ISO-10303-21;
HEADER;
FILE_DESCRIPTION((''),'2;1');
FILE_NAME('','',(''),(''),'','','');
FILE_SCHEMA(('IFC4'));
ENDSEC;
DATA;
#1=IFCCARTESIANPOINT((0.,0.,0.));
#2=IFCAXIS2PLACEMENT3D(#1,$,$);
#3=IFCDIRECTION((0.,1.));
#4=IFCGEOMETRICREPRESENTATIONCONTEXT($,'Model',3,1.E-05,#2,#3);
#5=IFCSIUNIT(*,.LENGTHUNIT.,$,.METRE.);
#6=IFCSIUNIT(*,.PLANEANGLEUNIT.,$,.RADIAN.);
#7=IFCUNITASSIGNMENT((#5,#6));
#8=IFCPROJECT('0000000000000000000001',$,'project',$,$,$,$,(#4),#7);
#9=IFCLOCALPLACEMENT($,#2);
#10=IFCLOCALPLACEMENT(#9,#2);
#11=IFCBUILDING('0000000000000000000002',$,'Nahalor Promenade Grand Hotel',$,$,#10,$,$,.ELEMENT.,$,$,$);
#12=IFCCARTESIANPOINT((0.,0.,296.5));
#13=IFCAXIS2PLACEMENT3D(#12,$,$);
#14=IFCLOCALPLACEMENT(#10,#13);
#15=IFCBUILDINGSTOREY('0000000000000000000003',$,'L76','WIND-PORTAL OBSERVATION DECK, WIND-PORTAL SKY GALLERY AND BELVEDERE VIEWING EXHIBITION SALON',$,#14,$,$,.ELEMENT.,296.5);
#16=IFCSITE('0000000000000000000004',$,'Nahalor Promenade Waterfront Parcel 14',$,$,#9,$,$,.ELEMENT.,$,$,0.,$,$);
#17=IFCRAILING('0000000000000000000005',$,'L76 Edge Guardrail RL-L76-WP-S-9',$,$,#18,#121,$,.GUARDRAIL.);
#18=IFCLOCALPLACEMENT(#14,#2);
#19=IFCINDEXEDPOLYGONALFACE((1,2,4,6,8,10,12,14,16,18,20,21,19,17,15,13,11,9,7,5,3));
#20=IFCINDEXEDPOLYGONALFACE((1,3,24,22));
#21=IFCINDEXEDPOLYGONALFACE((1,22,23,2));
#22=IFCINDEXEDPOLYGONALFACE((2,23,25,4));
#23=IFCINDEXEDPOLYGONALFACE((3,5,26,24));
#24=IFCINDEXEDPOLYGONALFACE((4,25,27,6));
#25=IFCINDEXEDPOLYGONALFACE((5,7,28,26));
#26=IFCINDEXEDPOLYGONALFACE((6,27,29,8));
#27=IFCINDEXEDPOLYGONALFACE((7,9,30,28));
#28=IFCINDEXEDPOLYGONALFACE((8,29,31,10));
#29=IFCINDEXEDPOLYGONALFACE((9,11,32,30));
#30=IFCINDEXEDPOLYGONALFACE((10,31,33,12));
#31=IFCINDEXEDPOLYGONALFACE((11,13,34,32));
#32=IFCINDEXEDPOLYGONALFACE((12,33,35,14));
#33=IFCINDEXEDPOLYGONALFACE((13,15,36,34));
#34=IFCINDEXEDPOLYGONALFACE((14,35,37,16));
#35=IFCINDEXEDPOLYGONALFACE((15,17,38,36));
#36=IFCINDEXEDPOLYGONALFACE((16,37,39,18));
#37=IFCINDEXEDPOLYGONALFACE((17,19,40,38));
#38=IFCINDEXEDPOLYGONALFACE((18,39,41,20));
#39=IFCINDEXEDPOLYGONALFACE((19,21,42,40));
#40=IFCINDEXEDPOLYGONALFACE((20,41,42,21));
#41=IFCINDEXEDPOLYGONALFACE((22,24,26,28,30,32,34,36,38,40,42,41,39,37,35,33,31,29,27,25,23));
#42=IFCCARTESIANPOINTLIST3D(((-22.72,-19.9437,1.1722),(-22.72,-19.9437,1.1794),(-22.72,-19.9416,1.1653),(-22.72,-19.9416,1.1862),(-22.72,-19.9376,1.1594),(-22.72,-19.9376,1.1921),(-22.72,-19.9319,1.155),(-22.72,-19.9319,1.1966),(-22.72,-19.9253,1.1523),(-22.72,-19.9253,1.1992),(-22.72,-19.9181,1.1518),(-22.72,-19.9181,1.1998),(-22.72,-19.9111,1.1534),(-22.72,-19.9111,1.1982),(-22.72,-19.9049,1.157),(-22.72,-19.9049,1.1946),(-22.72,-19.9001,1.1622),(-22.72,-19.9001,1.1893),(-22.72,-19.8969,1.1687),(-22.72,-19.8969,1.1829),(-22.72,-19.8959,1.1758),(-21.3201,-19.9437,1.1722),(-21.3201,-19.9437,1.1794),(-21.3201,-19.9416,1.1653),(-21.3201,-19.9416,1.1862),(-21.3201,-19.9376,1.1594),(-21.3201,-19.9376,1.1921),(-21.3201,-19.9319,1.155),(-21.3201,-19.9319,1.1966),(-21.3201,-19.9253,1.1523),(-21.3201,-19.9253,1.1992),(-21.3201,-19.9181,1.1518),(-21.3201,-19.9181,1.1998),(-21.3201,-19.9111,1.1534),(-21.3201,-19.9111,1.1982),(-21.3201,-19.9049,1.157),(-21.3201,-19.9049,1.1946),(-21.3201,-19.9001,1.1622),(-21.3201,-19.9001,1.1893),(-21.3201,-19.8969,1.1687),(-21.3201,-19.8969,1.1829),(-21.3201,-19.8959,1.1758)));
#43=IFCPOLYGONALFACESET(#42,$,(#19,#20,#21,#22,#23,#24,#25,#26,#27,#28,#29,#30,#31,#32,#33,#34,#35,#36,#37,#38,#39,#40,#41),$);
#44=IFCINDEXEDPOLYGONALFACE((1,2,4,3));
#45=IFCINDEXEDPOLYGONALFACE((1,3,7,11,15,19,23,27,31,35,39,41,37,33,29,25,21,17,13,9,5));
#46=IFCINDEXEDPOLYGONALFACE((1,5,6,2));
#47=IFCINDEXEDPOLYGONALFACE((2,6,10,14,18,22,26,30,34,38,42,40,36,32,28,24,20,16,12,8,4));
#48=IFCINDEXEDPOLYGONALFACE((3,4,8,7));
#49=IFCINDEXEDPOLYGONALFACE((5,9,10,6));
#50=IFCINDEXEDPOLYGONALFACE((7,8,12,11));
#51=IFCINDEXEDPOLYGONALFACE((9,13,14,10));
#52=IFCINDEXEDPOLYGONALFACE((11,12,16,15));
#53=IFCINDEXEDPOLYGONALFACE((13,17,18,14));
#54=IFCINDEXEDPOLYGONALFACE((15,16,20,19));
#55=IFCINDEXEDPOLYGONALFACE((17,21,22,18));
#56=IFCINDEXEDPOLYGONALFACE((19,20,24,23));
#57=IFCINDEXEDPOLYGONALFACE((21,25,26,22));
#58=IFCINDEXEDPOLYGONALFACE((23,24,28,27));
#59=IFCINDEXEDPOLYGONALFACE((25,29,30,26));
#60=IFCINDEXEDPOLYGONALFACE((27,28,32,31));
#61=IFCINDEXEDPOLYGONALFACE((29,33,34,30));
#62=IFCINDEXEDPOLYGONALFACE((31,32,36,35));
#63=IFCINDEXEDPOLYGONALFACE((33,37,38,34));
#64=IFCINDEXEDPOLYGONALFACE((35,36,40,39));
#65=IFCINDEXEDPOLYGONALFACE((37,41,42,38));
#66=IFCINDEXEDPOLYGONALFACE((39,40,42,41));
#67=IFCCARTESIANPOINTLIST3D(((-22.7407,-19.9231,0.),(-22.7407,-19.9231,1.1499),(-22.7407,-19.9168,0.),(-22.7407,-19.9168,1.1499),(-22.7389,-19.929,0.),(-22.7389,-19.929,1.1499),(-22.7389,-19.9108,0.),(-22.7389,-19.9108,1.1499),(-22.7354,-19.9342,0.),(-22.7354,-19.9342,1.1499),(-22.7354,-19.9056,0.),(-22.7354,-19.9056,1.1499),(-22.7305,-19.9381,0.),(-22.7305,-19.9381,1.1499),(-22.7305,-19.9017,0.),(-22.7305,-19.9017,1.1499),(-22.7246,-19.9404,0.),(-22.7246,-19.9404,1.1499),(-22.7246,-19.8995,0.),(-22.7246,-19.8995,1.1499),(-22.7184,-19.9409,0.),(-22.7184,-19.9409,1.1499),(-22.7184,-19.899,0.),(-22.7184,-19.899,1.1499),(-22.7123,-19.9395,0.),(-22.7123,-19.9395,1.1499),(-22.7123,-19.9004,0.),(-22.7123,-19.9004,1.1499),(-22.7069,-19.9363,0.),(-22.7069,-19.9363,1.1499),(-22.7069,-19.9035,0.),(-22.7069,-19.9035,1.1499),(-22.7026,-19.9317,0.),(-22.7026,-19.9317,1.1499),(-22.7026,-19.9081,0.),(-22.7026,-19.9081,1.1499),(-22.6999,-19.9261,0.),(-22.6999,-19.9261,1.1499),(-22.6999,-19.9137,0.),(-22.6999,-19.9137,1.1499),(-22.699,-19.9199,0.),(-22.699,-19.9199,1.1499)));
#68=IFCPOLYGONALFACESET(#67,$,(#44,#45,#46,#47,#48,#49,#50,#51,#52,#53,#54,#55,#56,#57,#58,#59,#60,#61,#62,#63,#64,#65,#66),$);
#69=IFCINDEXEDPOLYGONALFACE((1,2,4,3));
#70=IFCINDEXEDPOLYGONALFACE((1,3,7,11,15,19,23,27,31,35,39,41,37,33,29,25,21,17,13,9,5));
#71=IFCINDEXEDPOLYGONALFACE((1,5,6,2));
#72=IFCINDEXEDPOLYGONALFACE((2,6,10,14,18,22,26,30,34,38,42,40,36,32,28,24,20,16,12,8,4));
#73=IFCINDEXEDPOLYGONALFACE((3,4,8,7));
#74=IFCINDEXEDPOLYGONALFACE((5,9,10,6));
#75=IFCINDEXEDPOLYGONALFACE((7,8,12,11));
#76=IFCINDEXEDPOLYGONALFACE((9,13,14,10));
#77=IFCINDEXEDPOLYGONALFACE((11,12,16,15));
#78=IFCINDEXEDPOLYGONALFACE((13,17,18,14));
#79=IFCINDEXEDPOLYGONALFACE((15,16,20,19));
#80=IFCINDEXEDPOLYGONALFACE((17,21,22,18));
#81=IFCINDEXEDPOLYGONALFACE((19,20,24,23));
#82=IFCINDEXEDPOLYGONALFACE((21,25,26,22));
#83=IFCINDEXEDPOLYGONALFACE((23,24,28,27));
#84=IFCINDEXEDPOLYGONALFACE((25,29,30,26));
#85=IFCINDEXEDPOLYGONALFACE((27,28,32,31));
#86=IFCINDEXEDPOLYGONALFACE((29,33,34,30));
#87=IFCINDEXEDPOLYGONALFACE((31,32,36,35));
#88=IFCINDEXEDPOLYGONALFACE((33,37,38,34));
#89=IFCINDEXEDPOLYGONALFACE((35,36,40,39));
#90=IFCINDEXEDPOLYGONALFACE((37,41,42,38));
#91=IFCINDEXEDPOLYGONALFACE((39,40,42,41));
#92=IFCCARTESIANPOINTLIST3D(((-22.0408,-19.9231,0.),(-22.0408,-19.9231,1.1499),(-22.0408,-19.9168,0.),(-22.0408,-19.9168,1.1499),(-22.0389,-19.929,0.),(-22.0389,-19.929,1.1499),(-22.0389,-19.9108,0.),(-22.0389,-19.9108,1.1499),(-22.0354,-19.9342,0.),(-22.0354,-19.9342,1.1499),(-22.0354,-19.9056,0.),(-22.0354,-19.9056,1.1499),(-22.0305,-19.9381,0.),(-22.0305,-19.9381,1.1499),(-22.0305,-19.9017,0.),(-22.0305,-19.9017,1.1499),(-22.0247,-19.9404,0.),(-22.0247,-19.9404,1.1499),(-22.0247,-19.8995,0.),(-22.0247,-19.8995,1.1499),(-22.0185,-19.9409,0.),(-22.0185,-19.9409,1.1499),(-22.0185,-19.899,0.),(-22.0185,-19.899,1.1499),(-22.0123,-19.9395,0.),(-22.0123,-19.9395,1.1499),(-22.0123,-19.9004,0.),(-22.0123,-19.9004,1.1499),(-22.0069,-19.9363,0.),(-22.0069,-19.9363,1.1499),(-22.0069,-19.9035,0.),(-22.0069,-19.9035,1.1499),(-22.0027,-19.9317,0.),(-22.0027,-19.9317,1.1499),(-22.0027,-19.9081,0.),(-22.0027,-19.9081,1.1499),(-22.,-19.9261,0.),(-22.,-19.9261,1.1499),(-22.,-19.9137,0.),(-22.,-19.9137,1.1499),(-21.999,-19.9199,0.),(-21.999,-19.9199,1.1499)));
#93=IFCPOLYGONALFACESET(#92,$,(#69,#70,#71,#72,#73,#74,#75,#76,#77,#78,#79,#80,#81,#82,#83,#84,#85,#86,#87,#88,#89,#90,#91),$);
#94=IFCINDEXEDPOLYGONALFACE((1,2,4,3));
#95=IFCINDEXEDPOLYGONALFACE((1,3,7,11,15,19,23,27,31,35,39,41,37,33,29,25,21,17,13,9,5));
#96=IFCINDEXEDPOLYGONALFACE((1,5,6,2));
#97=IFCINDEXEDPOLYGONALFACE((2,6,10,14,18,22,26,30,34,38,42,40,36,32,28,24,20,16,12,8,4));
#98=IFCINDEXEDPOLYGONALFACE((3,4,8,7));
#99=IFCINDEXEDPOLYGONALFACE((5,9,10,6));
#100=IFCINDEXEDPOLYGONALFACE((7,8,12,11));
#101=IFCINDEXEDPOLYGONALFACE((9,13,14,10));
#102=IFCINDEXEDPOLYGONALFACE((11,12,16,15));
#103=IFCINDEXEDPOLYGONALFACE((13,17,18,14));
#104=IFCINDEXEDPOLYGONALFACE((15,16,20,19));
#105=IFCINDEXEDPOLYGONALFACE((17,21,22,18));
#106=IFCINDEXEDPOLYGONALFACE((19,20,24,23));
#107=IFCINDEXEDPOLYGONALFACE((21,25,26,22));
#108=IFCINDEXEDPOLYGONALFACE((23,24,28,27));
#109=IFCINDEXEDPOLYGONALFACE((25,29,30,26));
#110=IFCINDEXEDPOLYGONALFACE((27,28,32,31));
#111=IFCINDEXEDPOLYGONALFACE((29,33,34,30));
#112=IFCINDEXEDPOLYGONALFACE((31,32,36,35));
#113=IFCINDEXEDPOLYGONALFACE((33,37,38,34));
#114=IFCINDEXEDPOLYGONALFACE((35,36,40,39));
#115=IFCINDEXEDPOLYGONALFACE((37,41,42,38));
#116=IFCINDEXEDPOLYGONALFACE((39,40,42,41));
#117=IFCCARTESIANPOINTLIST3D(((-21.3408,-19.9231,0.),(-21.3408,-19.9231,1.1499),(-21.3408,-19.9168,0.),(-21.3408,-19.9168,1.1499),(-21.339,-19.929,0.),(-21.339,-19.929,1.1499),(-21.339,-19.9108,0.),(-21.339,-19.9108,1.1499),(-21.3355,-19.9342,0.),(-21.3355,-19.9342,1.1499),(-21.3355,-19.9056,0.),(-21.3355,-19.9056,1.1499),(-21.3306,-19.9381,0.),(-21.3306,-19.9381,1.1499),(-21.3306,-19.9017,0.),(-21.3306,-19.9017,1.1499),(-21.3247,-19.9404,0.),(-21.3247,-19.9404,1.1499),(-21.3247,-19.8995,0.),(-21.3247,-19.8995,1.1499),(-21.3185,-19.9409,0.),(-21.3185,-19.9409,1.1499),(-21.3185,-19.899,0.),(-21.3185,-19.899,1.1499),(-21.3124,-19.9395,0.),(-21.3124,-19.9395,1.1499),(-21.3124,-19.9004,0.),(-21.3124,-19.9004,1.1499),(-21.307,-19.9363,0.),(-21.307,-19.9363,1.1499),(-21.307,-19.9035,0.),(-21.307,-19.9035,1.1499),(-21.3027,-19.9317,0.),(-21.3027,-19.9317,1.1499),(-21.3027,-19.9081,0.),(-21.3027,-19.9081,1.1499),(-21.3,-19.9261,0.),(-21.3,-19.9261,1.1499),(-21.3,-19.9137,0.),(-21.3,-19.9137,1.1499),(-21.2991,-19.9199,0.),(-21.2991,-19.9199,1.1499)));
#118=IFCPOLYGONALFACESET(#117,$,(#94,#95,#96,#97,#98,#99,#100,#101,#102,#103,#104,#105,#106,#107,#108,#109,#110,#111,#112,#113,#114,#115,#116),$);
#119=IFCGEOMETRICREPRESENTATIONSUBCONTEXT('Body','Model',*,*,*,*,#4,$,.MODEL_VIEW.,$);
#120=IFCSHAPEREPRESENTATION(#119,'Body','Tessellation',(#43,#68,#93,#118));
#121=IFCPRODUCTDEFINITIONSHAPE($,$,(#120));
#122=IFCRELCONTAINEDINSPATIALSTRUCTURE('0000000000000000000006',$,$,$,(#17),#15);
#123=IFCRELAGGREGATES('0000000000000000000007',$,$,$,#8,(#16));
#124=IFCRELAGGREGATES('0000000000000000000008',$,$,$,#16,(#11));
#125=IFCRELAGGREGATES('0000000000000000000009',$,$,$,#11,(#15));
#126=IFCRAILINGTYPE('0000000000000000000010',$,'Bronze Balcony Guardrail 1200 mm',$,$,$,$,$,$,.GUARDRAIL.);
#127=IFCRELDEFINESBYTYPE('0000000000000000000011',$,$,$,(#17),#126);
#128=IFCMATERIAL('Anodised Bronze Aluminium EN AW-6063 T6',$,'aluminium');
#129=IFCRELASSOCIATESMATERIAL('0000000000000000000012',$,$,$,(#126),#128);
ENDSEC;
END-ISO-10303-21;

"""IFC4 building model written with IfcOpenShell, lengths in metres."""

from ifc_helpers import new_model, si_unit, direction, frame, origin, origin_2d, place, context, subcontext, project, spatial, circle, extrude, material, type_object, element, save


model = new_model("IFC4")

# Units and contexts
model_context = context("Model", 3, precision=1e-05, world=origin(), true_north=direction((0.0, 1.0)))
body_context = subcontext(model_context, "Body", "Model", "MODEL_VIEW")
ifc_project = project(units=[si_unit("LENGTHUNIT", "METRE"), si_unit("PLANEANGLEUNIT", "RADIAN")], contexts=[model_context])

# Site, building, storey
site_placement = place(None, origin())
site = spatial("IfcSite", under=ifc_project, at=site_placement, Name="Nahalor Promenade Waterfront Parcel 14", CompositionType="ELEMENT", RefElevation=0.0)
building_placement = place(site_placement, origin())
building = spatial("IfcBuilding", under=site, at=building_placement, Name="Nahalor Promenade Grand Hotel", CompositionType="ELEMENT")
storey_placement = place(building_placement, frame((0.0, 0.0, 296.5)))
storey = spatial("IfcBuildingStorey", under=building, at=storey_placement, Name="L76", Description="WIND-PORTAL OBSERVATION DECK, WIND-PORTAL SKY GALLERY AND BELVEDERE VIEWING EXHIBITION SALON", CompositionType="ELEMENT", Elevation=296.5)

# Railing
ifc_material_1 = material(Name="Anodised Bronze Aluminium EN AW-6063 T6", Category="aluminium")
railing_type = type_object("IfcRailingType", Name="Bronze Balcony Guardrail 1200 mm", PredefinedType="GUARDRAIL", material=ifc_material_1)
railing_1_placement = place(storey_placement, frame((-22.72, -19.9199, 0.0)))
element("IfcRailing", 1, at=railing_1_placement, inside=storey, type_object=railing_type, Name="L76 Edge Guardrail RL-L76-WP-S-9", PredefinedType="GUARDRAIL", context=body_context, shape_type="SweptSolid", body=[
    extrude(circle(Radius=0.024, at=origin_2d()), frame((0.0, 0.0, 1.1758), z_axis=(1.0, 0.0, 0.0), x_axis=(0.0, 1.0, 0.0)), (0.0, 0.0, 1.0), 1.3999),
    extrude(circle(Radius=0.021, at=origin_2d()), origin(), (0.0, 0.0, 1.0), 1.1499),
    extrude(circle(Radius=0.021, at=origin_2d()), frame((0.7, 0.0, 0.0)), (0.0, 0.0, 1.0), 1.1499),
    extrude(circle(Radius=0.021, at=origin_2d()), frame((1.3999, 0.0, 0.0)), (0.0, 0.0, 1.0), 1.1499),
])

save(model, "model.ifc")
